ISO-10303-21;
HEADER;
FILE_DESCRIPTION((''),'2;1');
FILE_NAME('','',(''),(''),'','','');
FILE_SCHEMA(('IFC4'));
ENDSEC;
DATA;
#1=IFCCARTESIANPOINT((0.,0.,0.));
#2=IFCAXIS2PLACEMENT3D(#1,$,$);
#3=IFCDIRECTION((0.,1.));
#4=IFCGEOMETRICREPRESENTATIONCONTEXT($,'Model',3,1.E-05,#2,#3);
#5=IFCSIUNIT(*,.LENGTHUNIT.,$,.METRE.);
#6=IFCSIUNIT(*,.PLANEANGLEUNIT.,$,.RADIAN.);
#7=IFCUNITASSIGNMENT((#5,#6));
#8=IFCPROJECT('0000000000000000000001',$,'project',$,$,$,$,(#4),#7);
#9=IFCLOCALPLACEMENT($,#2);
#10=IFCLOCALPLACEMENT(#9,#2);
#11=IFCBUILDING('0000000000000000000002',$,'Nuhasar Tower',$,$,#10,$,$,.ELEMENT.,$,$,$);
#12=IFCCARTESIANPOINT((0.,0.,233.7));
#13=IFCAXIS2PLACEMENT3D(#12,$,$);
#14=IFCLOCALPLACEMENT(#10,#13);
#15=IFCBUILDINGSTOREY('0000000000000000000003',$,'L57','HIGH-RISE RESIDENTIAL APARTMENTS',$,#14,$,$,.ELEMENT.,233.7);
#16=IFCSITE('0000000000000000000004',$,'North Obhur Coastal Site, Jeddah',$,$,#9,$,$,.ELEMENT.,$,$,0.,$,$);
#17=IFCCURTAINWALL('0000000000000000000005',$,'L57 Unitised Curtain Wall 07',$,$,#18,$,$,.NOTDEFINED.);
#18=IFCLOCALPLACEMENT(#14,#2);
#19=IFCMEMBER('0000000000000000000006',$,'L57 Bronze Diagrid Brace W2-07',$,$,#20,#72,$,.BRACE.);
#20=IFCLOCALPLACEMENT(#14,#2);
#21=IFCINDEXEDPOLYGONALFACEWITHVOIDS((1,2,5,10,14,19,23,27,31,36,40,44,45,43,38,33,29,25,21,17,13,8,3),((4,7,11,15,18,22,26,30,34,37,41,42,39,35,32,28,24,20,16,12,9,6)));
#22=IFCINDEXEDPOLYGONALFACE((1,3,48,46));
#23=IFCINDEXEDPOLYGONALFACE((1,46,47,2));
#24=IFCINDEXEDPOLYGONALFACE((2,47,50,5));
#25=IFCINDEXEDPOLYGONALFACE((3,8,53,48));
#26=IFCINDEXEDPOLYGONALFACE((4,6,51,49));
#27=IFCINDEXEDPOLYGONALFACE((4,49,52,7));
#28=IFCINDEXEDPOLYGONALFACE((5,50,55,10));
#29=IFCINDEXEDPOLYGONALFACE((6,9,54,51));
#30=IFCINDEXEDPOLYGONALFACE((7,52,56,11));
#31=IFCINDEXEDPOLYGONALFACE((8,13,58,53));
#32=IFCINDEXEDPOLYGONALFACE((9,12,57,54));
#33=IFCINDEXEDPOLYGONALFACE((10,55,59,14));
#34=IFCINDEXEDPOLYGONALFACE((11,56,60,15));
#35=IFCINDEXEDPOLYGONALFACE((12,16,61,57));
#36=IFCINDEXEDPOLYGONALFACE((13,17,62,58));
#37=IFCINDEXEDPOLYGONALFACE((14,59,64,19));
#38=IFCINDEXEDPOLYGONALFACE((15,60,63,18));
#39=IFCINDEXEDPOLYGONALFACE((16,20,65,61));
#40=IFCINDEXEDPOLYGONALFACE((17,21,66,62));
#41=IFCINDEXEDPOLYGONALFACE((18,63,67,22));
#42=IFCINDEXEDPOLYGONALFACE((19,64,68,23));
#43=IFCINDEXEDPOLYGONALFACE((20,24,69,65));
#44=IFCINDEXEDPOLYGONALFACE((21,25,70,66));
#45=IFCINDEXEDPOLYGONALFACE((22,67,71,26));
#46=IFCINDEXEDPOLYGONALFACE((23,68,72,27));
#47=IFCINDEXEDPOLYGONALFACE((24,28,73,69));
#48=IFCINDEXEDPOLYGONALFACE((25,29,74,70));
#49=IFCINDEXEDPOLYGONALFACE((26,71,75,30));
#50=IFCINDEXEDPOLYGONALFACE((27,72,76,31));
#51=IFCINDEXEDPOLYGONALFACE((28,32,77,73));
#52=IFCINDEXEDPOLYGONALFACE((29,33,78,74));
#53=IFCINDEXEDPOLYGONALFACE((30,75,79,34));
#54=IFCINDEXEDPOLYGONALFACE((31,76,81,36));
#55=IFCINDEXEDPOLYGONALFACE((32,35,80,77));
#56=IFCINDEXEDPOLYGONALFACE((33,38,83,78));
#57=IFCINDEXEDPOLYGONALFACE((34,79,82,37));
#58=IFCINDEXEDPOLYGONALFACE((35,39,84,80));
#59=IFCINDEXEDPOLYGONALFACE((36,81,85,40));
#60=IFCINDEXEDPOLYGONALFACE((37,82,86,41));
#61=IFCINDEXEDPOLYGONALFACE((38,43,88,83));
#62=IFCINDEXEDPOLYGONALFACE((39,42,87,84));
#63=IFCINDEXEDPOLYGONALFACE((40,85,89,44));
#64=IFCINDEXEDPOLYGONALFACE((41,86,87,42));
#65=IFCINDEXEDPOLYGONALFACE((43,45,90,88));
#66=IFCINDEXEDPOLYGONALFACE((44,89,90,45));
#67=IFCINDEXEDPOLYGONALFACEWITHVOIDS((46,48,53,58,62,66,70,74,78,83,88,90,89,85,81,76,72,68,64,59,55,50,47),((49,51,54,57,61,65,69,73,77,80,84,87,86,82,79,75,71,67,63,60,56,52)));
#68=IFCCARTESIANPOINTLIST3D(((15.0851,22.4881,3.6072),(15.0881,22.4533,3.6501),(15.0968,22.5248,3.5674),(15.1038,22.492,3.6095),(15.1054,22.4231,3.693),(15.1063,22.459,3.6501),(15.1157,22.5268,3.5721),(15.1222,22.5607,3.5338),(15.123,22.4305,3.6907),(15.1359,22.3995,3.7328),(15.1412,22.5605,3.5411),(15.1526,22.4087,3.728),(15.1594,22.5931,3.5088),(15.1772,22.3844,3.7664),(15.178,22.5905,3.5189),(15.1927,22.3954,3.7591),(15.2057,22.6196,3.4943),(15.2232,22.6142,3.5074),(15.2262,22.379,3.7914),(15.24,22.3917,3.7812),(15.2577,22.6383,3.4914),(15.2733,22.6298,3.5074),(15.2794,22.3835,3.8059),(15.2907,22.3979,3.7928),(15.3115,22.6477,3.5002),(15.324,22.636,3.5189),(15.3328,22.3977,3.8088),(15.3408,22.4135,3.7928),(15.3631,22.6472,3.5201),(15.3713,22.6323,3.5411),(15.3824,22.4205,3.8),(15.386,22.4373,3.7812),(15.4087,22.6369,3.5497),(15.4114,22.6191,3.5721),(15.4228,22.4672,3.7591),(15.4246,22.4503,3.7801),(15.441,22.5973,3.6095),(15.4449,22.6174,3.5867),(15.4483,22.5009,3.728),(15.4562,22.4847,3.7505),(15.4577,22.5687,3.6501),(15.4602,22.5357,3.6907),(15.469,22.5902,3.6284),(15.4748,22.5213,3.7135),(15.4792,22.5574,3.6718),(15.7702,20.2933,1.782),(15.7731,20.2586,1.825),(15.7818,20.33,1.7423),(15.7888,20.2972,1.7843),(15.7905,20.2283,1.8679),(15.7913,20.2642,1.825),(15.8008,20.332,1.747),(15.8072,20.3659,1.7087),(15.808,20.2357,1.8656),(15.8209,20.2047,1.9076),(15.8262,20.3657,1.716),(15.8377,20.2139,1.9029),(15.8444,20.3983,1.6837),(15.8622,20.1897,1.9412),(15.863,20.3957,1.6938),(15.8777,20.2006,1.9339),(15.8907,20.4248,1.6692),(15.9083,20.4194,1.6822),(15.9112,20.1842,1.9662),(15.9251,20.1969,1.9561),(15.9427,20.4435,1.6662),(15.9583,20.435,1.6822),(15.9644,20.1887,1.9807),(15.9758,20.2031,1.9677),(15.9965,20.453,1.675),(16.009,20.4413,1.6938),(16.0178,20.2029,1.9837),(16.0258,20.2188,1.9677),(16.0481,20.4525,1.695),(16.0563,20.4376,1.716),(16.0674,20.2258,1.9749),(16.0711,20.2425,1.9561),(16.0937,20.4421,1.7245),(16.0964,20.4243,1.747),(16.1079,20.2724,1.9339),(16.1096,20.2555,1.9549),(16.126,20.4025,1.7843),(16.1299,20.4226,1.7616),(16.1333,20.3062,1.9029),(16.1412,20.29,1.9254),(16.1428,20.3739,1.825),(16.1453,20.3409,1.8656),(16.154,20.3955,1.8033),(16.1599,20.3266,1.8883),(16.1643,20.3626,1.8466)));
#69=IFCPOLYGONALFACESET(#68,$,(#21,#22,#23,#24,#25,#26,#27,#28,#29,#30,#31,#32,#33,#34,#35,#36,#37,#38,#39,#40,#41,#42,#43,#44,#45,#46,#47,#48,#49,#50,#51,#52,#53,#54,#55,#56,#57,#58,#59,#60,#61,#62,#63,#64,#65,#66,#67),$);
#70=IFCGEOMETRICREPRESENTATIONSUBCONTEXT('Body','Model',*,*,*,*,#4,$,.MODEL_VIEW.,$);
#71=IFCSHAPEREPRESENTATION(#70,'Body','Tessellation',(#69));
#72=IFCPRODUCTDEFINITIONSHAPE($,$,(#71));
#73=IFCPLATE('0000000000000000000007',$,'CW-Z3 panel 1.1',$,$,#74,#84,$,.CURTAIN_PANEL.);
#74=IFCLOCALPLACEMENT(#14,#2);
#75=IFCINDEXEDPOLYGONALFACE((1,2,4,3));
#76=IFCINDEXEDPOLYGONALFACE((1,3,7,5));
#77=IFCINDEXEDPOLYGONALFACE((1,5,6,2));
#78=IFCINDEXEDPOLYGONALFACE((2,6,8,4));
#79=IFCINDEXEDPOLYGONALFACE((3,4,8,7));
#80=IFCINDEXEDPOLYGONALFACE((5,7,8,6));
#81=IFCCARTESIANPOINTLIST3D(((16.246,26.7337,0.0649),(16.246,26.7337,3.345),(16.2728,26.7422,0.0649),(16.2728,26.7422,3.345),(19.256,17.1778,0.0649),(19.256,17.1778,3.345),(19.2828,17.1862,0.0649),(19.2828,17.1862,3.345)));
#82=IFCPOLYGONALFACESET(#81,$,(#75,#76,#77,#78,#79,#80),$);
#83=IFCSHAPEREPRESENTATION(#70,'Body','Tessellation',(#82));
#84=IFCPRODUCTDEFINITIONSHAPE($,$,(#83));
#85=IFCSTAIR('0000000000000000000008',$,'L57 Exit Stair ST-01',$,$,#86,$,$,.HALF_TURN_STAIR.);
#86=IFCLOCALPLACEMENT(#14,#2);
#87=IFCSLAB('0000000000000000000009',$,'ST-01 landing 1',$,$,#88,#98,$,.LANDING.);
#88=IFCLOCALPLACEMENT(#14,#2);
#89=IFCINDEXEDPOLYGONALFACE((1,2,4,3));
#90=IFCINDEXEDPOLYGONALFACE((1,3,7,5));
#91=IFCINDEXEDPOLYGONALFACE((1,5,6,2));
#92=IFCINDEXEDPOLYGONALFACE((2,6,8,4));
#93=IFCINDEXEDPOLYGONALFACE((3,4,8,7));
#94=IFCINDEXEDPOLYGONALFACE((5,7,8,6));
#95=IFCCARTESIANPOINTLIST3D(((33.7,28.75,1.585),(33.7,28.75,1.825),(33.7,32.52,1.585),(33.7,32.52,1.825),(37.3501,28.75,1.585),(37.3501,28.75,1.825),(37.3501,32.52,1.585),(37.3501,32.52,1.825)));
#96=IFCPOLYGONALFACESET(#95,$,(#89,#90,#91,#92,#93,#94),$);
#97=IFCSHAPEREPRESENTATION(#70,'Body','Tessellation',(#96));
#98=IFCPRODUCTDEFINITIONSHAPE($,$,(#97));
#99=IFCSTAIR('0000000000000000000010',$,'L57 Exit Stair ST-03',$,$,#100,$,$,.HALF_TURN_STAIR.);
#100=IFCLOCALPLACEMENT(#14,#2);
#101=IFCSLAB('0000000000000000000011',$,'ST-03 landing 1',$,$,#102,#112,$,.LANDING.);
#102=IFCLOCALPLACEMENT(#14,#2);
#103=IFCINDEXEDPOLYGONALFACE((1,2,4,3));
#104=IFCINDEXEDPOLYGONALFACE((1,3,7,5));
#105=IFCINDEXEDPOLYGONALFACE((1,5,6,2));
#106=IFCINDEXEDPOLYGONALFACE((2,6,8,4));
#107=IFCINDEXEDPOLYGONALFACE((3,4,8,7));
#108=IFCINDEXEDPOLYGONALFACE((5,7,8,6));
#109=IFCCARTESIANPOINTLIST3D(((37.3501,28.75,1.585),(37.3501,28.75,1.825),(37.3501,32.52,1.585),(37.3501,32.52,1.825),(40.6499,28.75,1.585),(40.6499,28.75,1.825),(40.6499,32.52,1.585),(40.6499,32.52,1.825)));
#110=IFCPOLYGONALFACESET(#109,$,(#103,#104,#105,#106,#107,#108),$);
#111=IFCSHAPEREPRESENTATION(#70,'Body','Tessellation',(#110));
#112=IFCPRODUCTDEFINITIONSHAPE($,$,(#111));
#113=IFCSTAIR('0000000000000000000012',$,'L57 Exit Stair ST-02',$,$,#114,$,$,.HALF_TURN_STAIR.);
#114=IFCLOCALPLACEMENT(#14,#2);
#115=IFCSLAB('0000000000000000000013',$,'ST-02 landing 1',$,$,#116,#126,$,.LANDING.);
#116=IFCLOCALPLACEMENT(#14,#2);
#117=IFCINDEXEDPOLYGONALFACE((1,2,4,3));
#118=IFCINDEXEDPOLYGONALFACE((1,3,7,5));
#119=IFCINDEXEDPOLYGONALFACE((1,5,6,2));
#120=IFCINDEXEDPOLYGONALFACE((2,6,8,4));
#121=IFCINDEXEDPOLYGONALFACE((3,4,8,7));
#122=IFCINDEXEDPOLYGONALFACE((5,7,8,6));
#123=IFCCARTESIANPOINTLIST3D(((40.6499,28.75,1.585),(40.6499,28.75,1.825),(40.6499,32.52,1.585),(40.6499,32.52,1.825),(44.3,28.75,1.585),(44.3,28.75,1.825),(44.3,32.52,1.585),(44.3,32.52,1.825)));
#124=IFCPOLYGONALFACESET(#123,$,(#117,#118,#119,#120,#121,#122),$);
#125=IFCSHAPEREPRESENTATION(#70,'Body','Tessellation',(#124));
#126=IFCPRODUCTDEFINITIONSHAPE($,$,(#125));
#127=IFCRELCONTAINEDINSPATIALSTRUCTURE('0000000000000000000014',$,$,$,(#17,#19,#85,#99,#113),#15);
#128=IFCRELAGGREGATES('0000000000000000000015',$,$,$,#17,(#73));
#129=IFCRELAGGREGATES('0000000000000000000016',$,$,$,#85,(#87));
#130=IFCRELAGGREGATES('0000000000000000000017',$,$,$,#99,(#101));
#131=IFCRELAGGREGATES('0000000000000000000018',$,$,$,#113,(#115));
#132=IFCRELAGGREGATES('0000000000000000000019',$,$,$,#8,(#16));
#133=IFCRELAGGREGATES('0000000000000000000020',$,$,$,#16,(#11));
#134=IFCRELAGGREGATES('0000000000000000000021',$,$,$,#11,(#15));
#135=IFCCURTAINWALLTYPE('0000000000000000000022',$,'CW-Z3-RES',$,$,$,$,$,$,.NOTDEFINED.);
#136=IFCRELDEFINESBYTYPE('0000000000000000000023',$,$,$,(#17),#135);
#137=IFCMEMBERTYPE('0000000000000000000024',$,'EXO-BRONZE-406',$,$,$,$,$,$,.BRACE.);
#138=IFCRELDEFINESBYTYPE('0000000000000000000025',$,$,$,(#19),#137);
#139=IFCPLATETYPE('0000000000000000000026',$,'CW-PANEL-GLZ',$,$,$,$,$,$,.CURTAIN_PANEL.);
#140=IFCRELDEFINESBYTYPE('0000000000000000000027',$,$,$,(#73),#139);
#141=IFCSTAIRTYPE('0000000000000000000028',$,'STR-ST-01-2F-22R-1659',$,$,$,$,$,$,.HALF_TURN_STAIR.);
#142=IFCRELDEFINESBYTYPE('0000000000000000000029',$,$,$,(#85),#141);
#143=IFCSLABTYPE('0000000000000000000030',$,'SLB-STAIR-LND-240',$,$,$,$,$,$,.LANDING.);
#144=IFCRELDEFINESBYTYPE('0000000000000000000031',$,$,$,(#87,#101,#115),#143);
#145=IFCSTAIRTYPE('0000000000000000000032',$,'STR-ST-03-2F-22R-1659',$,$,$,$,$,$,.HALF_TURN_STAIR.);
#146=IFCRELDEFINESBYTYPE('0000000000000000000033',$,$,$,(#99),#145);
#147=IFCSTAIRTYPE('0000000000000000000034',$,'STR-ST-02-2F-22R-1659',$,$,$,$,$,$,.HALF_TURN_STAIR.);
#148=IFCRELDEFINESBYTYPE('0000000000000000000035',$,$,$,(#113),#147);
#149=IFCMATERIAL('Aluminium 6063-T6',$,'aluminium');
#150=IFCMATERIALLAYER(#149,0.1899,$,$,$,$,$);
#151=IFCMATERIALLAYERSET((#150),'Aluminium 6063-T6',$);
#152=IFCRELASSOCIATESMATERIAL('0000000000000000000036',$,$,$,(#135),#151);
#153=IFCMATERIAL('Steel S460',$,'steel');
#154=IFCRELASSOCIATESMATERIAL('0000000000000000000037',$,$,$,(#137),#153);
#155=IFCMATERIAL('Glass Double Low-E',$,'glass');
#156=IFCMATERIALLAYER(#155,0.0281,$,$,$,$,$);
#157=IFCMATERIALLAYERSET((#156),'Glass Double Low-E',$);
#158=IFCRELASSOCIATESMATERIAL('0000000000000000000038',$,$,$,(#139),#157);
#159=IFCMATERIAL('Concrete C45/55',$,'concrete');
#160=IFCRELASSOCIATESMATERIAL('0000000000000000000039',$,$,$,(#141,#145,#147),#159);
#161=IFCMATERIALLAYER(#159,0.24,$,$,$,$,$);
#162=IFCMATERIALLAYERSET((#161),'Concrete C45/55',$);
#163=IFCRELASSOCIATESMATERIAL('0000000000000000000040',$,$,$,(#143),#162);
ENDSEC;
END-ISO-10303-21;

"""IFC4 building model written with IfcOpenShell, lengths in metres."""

from ifc_helpers import new_model, si_unit, direction, frame, origin, origin_2d, place, context, subcontext, project, spatial, polyline, rectangle, hollow_circle, outline, extrude, material, layer, layer_set, material_profile, profile_set, type_object, element, aggregate, save


model = new_model("IFC4")

# Units and contexts
model_context = context("Model", 3, precision=1e-05, world=origin(), true_north=direction((0.0, 1.0)))
body_context = subcontext(model_context, "Body", "Model", "MODEL_VIEW")
ifc_project = project(units=[si_unit("LENGTHUNIT", "METRE"), si_unit("PLANEANGLEUNIT", "RADIAN")], contexts=[model_context])

# Site, building, storey
site_placement = place(None, origin())
site = spatial("IfcSite", under=ifc_project, at=site_placement, Name="North Obhur Coastal Site, Jeddah", CompositionType="ELEMENT", RefElevation=0.0)
building_placement = place(site_placement, origin())
building = spatial("IfcBuilding", under=site, at=building_placement, Name="Nuhasar Tower", CompositionType="ELEMENT")
storey_placement = place(building_placement, frame((0.0, 0.0, 233.7)))
storey = spatial("IfcBuildingStorey", under=building, at=storey_placement, Name="L57", Description="HIGH-RISE RESIDENTIAL APARTMENTS", CompositionType="ELEMENT", Elevation=233.7)

# Curtain wall
ifc_material_1 = material(Name="Aluminium 6063-T6", Category="aluminium")
ifc_layer_1 = layer(ifc_material_1, 0.1899)
ifc_layer_set_1 = layer_set([ifc_layer_1], Name="Aluminium 6063-T6")
curtain_wall_type = type_object("IfcCurtainWallType", Name="CW-Z3-RES", PredefinedType="NOTDEFINED", material=ifc_layer_set_1)
curtain_wall_1_placement = place(storey_placement, origin())
curtain_wall_1 = element("IfcCurtainWall", 1, at=curtain_wall_1_placement, inside=storey, type_object=curtain_wall_type, Name="L57 Unitised Curtain Wall 07", PredefinedType="NOTDEFINED")

# Member
ifc_material_2 = material(Name="Steel S460", Category="steel")
ifc_material_profile_1 = material_profile(ifc_material_2, hollow_circle(Radius=0.2031, WallThickness=0.019, at=origin_2d()), Name="HSS406.4X19.1")
ifc_profile_set_1 = profile_set([ifc_material_profile_1], Name="Steel S460")
member_type_1 = type_object("IfcMemberType", Name="EXO-BRONZE-406", PredefinedType="BRACE", material=ifc_profile_set_1)
for number, where, z_axis, x_axis, name in (
    (2, (15.967, 20.3191, 1.825), (-0.23336, 0.747651, 0.62174), (-0.954582, -0.297948, 0.0), "L57 Bronze Diagrid Brace W2-07"),
):
    element("IfcMember", number, at=place(storey_placement, frame(where, z_axis=z_axis, x_axis=x_axis)), inside=storey, type_object=member_type_1, Name=name, PredefinedType="BRACE", context=body_context, shape_type="SweptSolid", body=[
        extrude(hollow_circle(Radius=0.2031, WallThickness=0.019, at=origin_2d()), origin(), (0.0, 0.0, 1.0), 2.9355),
    ])

# Plate
ifc_material_3 = material(Name="Glass Double Low-E", Category="glass")
ifc_layer_2 = layer(ifc_material_3, 0.0281)
ifc_layer_set_2 = layer_set([ifc_layer_2], Name="Glass Double Low-E")
plate_type = type_object("IfcPlateType", Name="CW-PANEL-GLZ", PredefinedType="CURTAIN_PANEL", material=ifc_layer_set_2)
plate_placement = place(storey_placement, frame((17.7644, 21.96, 0.0649), z_axis=(0.0, 0.0, 1.0), x_axis=(0.300429, -0.953804, 0.0)))
plate = element("IfcPlate", 3, at=plate_placement, type_object=plate_type, Name="CW-Z3 panel 1.1", PredefinedType="CURTAIN_PANEL", context=body_context, shape_type="SweptSolid", body=[
    extrude(rectangle(XDim=10.0188, YDim=0.0281, at=origin_2d()), origin(), (0.0, 0.0, 1.0), 3.28),
])
aggregate(curtain_wall_1, [plate])

# Stairs, slabs
ifc_material_4 = material(Name="Concrete C45/55", Category="concrete")
stair_type_1 = type_object("IfcStairType", Name="STR-ST-01-2F-22R-1659", PredefinedType="HALF_TURN_STAIR", material=ifc_material_4)
stair_1_placement = place(storey_placement, origin())
stair_1 = element("IfcStair", 4, at=stair_1_placement, inside=storey, type_object=stair_type_1, Name="L57 Exit Stair ST-01", PredefinedType="HALF_TURN_STAIR")
ifc_layer_3 = layer(ifc_material_4, 0.24)
ifc_layer_set_3 = layer_set([ifc_layer_3], Name="Concrete C45/55")
slab_type_1 = type_object("IfcSlabType", Name="SLB-STAIR-LND-240", PredefinedType="LANDING", material=ifc_layer_set_3)
slab_1_placement = place(storey_placement, frame((0.0, 0.0, 1.585)))
slab_1 = element("IfcSlab", 5, at=slab_1_placement, type_object=slab_type_1, Name="ST-01 landing 1", PredefinedType="LANDING", context=body_context, shape_type="SweptSolid", body=[
    extrude(outline(polyline([(33.7, 28.75), (37.3501, 28.75), (37.3501, 32.52), (33.7, 32.52), (33.7, 28.75)])), origin(), (0.0, 0.0, 1.0), 0.24),
])
aggregate(stair_1, [slab_1])
stair_type_2 = type_object("IfcStairType", Name="STR-ST-03-2F-22R-1659", PredefinedType="HALF_TURN_STAIR", material=ifc_material_4)
stair_2_placement = place(storey_placement, origin())
stair_2 = element("IfcStair", 6, at=stair_2_placement, inside=storey, type_object=stair_type_2, Name="L57 Exit Stair ST-03", PredefinedType="HALF_TURN_STAIR")
slab_2_placement = place(storey_placement, frame((0.0, 0.0, 1.585)))
slab_2 = element("IfcSlab", 7, at=slab_2_placement, type_object=slab_type_1, Name="ST-03 landing 1", PredefinedType="LANDING", context=body_context, shape_type="SweptSolid", body=[
    extrude(outline(polyline([(37.3501, 28.75), (40.6499, 28.75), (40.6499, 32.52), (37.3501, 32.52), (37.3501, 28.75)])), origin(), (0.0, 0.0, 1.0), 0.24),
])
aggregate(stair_2, [slab_2])
stair_type_3 = type_object("IfcStairType", Name="STR-ST-02-2F-22R-1659", PredefinedType="HALF_TURN_STAIR", material=ifc_material_4)
stair_3_placement = place(storey_placement, origin())
stair_3 = element("IfcStair", 8, at=stair_3_placement, inside=storey, type_object=stair_type_3, Name="L57 Exit Stair ST-02", PredefinedType="HALF_TURN_STAIR")
slab_3_placement = place(storey_placement, frame((0.0, 0.0, 1.585)))
slab_3 = element("IfcSlab", 9, at=slab_3_placement, type_object=slab_type_1, Name="ST-02 landing 1", PredefinedType="LANDING", context=body_context, shape_type="SweptSolid", body=[
    extrude(outline(polyline([(40.6499, 28.75), (44.3, 28.75), (44.3, 32.52), (40.6499, 32.52), (40.6499, 28.75)])), origin(), (0.0, 0.0, 1.0), 0.24),
])
aggregate(stair_3, [slab_3])

save(model, "model.ifc")
